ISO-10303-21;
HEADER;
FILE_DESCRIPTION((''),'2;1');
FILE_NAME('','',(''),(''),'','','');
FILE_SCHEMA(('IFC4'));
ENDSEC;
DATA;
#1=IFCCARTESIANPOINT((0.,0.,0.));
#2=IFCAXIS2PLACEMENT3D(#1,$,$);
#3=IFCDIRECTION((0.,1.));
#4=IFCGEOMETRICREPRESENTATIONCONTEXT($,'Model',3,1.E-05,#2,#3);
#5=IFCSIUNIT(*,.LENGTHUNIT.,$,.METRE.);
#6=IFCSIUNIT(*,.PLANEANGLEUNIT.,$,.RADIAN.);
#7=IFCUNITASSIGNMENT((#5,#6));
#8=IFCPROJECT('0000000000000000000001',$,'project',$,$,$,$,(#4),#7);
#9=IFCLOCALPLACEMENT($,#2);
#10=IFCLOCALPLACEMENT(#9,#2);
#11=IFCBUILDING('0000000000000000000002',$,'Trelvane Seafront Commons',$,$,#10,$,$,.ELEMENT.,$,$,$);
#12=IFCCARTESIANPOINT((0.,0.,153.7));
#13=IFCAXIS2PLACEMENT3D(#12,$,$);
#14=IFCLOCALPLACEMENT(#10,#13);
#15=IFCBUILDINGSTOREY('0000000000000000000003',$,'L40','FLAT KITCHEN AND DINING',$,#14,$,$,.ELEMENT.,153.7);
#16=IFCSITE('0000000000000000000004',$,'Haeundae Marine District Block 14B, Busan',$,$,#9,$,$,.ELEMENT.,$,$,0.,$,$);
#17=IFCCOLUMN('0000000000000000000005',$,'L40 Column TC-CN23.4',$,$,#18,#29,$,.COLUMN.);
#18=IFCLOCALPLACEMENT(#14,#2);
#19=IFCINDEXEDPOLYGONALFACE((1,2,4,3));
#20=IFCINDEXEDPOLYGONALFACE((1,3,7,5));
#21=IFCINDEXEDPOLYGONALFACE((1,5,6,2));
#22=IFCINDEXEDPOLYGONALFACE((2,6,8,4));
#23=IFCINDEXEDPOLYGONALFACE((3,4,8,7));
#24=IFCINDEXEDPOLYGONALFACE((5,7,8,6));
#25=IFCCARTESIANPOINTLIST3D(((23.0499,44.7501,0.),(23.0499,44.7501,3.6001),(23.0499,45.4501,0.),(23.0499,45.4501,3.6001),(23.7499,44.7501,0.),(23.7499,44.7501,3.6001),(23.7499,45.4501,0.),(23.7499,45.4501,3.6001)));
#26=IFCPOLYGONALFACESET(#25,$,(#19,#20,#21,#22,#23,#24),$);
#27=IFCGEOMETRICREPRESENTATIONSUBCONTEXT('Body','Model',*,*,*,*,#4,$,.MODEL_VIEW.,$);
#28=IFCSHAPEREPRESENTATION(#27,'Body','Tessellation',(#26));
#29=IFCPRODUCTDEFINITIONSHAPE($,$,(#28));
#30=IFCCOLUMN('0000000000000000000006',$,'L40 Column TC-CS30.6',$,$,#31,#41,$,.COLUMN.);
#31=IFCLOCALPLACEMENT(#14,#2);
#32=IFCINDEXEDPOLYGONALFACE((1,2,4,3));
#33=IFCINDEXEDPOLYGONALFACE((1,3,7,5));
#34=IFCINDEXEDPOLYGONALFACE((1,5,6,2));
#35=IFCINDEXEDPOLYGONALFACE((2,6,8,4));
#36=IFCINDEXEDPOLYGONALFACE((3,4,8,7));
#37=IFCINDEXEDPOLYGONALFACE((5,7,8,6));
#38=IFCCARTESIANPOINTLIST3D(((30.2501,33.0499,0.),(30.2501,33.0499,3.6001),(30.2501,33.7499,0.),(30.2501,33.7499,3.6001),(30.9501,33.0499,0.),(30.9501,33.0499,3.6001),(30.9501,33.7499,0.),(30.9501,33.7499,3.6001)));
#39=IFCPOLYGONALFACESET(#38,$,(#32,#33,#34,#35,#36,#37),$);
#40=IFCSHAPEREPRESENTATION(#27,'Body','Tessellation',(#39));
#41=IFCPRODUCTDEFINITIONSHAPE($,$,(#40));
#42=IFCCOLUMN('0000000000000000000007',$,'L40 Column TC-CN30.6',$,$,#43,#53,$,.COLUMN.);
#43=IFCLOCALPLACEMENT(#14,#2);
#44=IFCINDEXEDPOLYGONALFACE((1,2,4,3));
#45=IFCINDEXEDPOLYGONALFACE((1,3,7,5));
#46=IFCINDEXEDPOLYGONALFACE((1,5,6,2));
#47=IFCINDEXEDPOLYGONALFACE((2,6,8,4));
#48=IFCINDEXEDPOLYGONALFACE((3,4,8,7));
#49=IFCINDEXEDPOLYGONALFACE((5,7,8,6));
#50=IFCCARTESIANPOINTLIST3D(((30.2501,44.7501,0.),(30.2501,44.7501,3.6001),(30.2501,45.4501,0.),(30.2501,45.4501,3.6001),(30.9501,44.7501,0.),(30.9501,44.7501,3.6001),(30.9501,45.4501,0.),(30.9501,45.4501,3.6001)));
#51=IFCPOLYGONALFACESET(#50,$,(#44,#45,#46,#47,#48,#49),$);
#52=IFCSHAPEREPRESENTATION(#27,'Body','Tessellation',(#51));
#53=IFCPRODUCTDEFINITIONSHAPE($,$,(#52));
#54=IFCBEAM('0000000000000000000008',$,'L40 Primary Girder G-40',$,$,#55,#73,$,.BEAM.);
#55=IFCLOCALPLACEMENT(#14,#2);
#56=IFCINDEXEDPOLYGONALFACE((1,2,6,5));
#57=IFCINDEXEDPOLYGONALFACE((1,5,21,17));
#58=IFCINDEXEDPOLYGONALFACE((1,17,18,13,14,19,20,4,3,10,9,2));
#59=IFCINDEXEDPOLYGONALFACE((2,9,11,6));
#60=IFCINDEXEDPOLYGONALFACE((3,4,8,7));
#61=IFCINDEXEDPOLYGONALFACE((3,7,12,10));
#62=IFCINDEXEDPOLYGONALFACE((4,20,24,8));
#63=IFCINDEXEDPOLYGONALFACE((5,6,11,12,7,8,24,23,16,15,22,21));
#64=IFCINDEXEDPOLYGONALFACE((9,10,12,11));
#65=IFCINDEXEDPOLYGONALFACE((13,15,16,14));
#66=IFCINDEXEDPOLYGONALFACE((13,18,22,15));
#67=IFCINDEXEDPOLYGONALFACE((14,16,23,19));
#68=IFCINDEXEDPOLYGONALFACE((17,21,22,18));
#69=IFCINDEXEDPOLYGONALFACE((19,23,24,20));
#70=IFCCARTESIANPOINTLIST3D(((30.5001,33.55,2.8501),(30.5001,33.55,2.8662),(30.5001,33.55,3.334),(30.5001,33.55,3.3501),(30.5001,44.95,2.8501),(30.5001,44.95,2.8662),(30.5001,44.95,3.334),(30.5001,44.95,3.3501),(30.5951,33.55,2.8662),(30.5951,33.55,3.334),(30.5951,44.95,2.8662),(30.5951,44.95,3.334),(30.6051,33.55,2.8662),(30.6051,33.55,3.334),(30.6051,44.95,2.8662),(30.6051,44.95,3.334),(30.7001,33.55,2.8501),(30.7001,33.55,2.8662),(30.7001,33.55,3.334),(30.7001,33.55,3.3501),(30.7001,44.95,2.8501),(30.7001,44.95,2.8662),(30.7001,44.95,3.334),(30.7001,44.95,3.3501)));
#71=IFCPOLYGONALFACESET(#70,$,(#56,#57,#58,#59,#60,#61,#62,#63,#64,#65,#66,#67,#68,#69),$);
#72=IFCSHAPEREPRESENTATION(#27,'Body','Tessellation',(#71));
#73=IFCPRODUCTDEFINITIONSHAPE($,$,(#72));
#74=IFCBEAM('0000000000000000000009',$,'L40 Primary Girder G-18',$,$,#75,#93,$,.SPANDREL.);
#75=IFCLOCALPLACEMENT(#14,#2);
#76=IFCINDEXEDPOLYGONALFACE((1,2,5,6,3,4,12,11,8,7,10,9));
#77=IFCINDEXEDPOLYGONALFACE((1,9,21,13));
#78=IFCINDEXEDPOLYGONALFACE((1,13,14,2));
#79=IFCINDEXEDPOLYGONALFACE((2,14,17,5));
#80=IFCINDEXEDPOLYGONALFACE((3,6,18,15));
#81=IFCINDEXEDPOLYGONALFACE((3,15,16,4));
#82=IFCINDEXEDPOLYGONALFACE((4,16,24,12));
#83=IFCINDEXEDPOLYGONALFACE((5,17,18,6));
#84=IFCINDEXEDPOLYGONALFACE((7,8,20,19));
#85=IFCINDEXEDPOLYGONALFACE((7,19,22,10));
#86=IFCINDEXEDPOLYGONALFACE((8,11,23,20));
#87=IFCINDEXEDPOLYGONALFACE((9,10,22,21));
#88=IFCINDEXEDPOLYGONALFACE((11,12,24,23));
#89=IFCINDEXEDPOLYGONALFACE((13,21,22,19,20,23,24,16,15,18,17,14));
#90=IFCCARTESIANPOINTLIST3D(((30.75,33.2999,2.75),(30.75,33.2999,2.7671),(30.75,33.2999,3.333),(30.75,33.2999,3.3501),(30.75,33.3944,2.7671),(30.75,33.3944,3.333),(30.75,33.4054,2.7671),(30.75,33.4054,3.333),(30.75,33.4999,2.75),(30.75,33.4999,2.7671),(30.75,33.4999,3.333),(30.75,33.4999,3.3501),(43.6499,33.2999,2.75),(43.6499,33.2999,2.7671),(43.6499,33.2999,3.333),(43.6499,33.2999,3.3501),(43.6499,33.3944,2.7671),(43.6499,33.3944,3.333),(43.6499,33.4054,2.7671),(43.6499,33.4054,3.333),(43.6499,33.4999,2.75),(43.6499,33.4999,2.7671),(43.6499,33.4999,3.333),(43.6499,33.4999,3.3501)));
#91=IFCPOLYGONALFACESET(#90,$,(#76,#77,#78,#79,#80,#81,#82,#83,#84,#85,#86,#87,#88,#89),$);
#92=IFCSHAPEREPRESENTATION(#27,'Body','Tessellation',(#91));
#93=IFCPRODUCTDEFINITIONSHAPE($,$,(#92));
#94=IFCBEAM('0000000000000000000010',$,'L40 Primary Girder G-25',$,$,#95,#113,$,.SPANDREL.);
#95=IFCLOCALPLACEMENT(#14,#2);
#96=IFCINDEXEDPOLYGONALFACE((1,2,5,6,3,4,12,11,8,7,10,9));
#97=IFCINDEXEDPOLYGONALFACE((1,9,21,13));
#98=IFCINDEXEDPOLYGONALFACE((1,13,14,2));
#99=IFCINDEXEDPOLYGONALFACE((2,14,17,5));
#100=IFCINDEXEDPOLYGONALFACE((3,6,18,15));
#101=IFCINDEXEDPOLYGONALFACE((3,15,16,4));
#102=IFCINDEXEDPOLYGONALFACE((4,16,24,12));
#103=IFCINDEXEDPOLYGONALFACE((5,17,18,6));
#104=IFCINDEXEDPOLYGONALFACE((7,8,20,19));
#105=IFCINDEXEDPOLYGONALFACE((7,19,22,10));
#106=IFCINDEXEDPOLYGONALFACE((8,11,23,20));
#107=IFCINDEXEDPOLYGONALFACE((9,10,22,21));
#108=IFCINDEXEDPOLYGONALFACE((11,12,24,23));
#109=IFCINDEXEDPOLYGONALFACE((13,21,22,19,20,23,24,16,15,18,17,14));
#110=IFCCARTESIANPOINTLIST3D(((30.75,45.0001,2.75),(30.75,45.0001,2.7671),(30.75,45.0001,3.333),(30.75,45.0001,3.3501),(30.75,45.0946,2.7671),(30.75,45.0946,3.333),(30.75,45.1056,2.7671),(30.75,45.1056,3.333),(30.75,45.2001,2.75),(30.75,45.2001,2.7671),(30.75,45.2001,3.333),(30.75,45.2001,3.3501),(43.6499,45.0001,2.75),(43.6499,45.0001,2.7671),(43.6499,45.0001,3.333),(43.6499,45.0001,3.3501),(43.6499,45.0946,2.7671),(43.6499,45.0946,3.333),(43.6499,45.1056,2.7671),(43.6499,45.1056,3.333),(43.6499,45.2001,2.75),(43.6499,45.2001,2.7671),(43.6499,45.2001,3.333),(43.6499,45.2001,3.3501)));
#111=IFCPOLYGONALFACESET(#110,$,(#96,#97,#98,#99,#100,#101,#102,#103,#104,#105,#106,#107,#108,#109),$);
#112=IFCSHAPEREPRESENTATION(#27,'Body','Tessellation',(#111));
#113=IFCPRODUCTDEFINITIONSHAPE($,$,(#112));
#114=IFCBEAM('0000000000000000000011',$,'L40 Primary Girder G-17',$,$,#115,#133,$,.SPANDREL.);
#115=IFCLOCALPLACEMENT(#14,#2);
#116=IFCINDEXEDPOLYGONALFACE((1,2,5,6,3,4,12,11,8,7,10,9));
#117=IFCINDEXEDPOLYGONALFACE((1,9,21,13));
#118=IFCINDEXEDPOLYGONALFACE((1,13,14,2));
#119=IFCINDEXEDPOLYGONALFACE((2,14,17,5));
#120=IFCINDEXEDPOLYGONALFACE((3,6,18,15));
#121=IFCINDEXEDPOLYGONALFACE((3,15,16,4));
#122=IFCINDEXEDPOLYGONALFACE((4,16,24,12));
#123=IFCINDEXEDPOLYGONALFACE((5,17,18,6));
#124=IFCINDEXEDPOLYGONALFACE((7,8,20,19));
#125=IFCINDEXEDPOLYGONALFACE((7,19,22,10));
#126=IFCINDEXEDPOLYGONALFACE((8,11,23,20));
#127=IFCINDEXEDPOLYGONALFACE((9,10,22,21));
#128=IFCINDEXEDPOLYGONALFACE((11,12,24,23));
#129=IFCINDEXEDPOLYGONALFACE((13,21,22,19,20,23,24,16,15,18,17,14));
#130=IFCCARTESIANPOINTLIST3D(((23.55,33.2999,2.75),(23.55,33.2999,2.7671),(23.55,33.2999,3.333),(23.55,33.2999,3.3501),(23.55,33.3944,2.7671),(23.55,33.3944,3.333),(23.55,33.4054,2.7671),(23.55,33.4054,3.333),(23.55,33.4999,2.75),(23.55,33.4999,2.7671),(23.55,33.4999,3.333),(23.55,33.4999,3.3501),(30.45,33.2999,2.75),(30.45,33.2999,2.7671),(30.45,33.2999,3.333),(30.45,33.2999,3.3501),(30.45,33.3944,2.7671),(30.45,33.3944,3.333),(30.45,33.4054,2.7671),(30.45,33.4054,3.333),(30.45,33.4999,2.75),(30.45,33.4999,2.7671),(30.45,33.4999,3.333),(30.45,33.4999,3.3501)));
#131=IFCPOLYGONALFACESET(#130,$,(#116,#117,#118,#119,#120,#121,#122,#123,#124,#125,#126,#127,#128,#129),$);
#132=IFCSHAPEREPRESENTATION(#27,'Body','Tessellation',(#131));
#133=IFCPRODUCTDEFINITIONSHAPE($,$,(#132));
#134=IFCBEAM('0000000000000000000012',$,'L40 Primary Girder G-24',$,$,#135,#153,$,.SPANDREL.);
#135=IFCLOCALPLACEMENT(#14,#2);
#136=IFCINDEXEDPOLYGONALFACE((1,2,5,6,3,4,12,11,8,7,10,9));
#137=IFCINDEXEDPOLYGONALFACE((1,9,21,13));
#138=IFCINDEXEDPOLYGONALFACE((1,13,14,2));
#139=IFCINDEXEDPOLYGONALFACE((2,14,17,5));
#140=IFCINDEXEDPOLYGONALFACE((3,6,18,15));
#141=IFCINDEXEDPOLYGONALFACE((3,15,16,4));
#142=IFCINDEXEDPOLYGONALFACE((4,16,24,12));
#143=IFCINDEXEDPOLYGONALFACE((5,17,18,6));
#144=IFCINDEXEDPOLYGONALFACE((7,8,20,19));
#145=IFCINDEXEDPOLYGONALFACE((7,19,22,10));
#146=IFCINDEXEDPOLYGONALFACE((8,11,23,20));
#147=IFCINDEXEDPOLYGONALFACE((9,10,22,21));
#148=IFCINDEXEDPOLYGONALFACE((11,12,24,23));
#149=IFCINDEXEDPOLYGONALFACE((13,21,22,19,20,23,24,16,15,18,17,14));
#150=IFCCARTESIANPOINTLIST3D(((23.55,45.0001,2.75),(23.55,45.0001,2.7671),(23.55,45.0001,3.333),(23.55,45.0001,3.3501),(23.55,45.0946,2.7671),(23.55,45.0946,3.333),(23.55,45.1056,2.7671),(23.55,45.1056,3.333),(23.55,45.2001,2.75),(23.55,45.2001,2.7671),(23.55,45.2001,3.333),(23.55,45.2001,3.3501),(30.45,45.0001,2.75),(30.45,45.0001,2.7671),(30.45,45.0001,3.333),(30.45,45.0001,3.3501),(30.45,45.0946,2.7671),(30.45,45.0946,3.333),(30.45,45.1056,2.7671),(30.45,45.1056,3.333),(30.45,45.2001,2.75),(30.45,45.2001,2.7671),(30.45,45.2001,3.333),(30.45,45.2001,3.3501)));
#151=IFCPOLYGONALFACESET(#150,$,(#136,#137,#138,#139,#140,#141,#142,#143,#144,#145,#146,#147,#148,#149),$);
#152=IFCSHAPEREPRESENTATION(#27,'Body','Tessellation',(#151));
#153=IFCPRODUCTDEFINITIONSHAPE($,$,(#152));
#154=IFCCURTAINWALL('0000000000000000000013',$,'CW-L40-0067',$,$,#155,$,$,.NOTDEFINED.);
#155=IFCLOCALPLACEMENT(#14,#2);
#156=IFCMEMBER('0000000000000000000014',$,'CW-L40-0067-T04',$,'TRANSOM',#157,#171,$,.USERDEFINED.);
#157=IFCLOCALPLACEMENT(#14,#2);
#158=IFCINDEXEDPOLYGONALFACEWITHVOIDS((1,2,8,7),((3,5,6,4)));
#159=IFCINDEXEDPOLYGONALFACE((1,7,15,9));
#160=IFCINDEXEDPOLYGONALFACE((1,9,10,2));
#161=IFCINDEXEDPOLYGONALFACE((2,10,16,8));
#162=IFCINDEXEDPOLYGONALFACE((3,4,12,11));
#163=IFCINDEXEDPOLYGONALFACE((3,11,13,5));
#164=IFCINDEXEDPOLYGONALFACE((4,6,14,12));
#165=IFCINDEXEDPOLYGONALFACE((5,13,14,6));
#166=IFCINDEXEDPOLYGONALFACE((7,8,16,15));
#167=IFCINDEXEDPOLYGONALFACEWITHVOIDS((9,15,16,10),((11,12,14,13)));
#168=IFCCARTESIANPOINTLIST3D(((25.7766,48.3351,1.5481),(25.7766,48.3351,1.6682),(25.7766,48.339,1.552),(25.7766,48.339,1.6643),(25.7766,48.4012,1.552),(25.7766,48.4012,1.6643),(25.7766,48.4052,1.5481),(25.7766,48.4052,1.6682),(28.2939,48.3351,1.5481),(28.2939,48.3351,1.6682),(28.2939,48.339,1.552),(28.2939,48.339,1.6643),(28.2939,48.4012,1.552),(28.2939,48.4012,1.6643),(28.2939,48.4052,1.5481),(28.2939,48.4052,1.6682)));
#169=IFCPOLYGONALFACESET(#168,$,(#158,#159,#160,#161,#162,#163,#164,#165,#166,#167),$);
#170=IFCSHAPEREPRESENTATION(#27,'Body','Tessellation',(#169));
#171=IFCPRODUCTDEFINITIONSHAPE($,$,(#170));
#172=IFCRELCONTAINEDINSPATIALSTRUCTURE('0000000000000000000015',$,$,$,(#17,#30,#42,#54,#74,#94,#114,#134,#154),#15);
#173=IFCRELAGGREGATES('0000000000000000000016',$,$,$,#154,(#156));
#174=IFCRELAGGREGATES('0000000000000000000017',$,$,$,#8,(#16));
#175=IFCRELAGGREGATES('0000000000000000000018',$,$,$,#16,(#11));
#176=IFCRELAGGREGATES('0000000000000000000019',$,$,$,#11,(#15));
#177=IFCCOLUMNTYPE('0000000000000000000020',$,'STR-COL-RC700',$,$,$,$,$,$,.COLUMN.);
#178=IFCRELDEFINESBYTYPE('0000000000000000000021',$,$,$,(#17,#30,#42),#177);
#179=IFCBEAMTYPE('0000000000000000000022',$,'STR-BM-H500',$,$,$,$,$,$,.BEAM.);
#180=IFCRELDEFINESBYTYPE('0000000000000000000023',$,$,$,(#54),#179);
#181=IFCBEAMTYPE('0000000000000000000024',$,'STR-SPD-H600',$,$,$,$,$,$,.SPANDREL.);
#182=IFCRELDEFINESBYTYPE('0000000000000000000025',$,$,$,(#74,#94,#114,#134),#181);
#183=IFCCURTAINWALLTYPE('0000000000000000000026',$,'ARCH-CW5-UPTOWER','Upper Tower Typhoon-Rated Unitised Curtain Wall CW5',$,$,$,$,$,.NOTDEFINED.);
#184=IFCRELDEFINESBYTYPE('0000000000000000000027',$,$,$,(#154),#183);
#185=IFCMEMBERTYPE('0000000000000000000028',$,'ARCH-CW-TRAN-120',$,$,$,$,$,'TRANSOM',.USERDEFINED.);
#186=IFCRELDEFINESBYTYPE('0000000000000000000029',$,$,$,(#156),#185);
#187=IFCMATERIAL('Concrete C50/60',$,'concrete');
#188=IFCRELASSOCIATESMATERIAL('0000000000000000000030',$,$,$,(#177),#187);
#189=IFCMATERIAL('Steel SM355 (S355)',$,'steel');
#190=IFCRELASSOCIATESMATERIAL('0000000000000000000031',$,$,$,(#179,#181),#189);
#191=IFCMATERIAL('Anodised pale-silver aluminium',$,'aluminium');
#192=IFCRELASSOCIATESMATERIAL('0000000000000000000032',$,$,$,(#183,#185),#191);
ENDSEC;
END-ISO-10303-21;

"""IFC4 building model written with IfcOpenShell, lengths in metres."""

from ifc_helpers import new_model, si_unit, direction, frame, origin, origin_2d, place, context, subcontext, project, spatial, rectangle, hollow_rectangle, i_section, extrude, source, transform, mapped, material, material_profile, profile_set, type_object, element, aggregate, save


model = new_model("IFC4")

# Units and contexts
model_context = context("Model", 3, precision=1e-05, world=origin(), true_north=direction((0.0, 1.0)))
body_context = subcontext(model_context, "Body", "Model", "MODEL_VIEW")
ifc_project = project(units=[si_unit("LENGTHUNIT", "METRE"), si_unit("PLANEANGLEUNIT", "RADIAN")], contexts=[model_context])

# Site, building, storey
site_placement = place(None, origin())
site = spatial("IfcSite", under=ifc_project, at=site_placement, Name="Haeundae Marine District Block 14B, Busan", CompositionType="ELEMENT", RefElevation=0.0)
building_placement = place(site_placement, origin())
building = spatial("IfcBuilding", under=site, at=building_placement, Name="Trelvane Seafront Commons", CompositionType="ELEMENT")
storey_placement = place(building_placement, frame((0.0, 0.0, 153.7)))
storey = spatial("IfcBuildingStorey", under=building, at=storey_placement, Name="L40", Description="FLAT KITCHEN AND DINING", CompositionType="ELEMENT", Elevation=153.7)

# Columns
ifc_material_1 = material(Name="Concrete C50/60", Category="concrete")
ifc_material_profile_1 = material_profile(ifc_material_1, rectangle(XDim=0.7, YDim=0.7, at=origin_2d()), Name="RC-700x700")
ifc_profile_set_1 = profile_set([ifc_material_profile_1], Name="Concrete C50/60")
column_type = type_object("IfcColumnType", Name="STR-COL-RC700", PredefinedType="COLUMN", material=ifc_profile_set_1)
shared_shape_1 = source(origin(), body_context, "Body", "SweptSolid", [
    extrude(rectangle(XDim=0.7, YDim=0.7, at=origin_2d()), origin(), (0.0, 0.0, 1.0), 3.6001),
])
for number, where, z_axis, x_axis, name in (
    (1, (23.3999, 45.1001, 0.0), (0.0, 0.0, 1.0), (1.0, 0.0, 0.0), "L40 Column TC-CN23.4"),
    (2, (30.6001, 33.3999, 0.0), (0.0, 0.0, 1.0), (1.0, 0.0, 0.0), "L40 Column TC-CS30.6"),
    (3, (30.6001, 45.1001, 0.0), (0.0, 0.0, 1.0), (1.0, 0.0, 0.0), "L40 Column TC-CN30.6"),
):
    element("IfcColumn", number, at=place(storey_placement, frame(where, z_axis=z_axis, x_axis=x_axis)), inside=storey, type_object=column_type, Name=name, PredefinedType="COLUMN", context=body_context, shape_type="MappedRepresentation", body=[
        mapped(shared_shape_1, transform((0.0, 0.0, 0.0), x_axis=(1.0, 0.0, 0.0), y_axis=(0.0, 1.0, 0.0), z_axis=(0.0, 0.0, 1.0), scale=1.0)),
    ])

# Beams
ifc_material_2 = material(Name="Steel SM355 (S355)", Category="steel")
ifc_material_profile_2 = material_profile(ifc_material_2, i_section(OverallWidth=0.2, OverallDepth=0.5, WebThickness=0.01, FlangeThickness=0.0161, at=origin_2d()), Name="H-500x200x10x16")
ifc_profile_set_2 = profile_set([ifc_material_profile_2], Name="Steel SM355 (S355)")
beam_type_1 = type_object("IfcBeamType", Name="STR-BM-H500", PredefinedType="BEAM", material=ifc_profile_set_2)
shared_shape_2 = source(origin(), body_context, "Body", "SweptSolid", [
    extrude(i_section(OverallWidth=0.2, OverallDepth=0.5, WebThickness=0.01, FlangeThickness=0.0161, at=origin_2d()), origin(), (0.0, 0.0, 1.0), 11.3999),
])
beam_placement = place(storey_placement, frame((30.6001, 33.55, 3.1001), z_axis=(0.0, 1.0, 0.0), x_axis=(-1.0, 0.0, 0.0)))
element("IfcBeam", 4, at=beam_placement, inside=storey, type_object=beam_type_1, Name="L40 Primary Girder G-40", PredefinedType="BEAM", context=body_context, shape_type="MappedRepresentation", body=[
    mapped(shared_shape_2, transform((0.0, 0.0, 0.0), x_axis=(1.0, 0.0, 0.0), y_axis=(0.0, 1.0, 0.0), z_axis=(0.0, 0.0, 1.0), scale=1.0)),
])
ifc_material_profile_3 = material_profile(ifc_material_2, i_section(OverallWidth=0.2, OverallDepth=0.6001, WebThickness=0.011, FlangeThickness=0.0171, at=origin_2d()), Name="H-600x200x11x17")
ifc_profile_set_3 = profile_set([ifc_material_profile_3], Name="Steel SM355 (S355)")
beam_type_2 = type_object("IfcBeamType", Name="STR-SPD-H600", PredefinedType="SPANDREL", material=ifc_profile_set_3)
shared_shape_3 = source(origin(), body_context, "Body", "SweptSolid", [
    extrude(i_section(OverallWidth=0.2, OverallDepth=0.6001, WebThickness=0.011, FlangeThickness=0.0171, at=origin_2d()), origin(), (0.0, 0.0, 1.0), 12.8999),
])
for number, where, z_axis, x_axis, name in (
    (5, (30.75, 33.3999, 3.05), (1.0, 0.0, 0.0), (0.0, 1.0, 0.0), "L40 Primary Girder G-18"),
    (6, (30.75, 45.1001, 3.05), (1.0, 0.0, 0.0), (0.0, 1.0, 0.0), "L40 Primary Girder G-25"),
):
    element("IfcBeam", number, at=place(storey_placement, frame(where, z_axis=z_axis, x_axis=x_axis)), inside=storey, type_object=beam_type_2, Name=name, PredefinedType="SPANDREL", context=body_context, shape_type="MappedRepresentation", body=[
        mapped(shared_shape_3, transform((0.0, 0.0, 0.0), x_axis=(1.0, 0.0, 0.0), y_axis=(0.0, 1.0, 0.0), z_axis=(0.0, 0.0, 1.0), scale=1.0)),
    ])
shared_shape_4 = source(origin(), body_context, "Body", "SweptSolid", [
    extrude(i_section(OverallWidth=0.2, OverallDepth=0.6001, WebThickness=0.011, FlangeThickness=0.0171, at=origin_2d()), origin(), (0.0, 0.0, 1.0), 6.8999),
])
for number, where, z_axis, x_axis, name in (
    (7, (23.55, 33.3999, 3.05), (1.0, 0.0, 0.0), (0.0, 1.0, 0.0), "L40 Primary Girder G-17"),
    (8, (23.55, 45.1001, 3.05), (1.0, 0.0, 0.0), (0.0, 1.0, 0.0), "L40 Primary Girder G-24"),
):
    element("IfcBeam", number, at=place(storey_placement, frame(where, z_axis=z_axis, x_axis=x_axis)), inside=storey, type_object=beam_type_2, Name=name, PredefinedType="SPANDREL", context=body_context, shape_type="MappedRepresentation", body=[
        mapped(shared_shape_4, transform((0.0, 0.0, 0.0), x_axis=(1.0, 0.0, 0.0), y_axis=(0.0, 1.0, 0.0), z_axis=(0.0, 0.0, 1.0), scale=1.0)),
    ])

# Curtain wall, member
ifc_material_3 = material(Name="Anodised pale-silver aluminium", Category="aluminium")
curtain_wall_type = type_object("IfcCurtainWallType", Name="ARCH-CW5-UPTOWER", Description="Upper Tower Typhoon-Rated Unitised Curtain Wall CW5", PredefinedType="NOTDEFINED", material=ifc_material_3)
curtain_wall_placement = place(storey_placement, origin())
curtain_wall = element("IfcCurtainWall", 9, at=curtain_wall_placement, inside=storey, type_object=curtain_wall_type, Name="CW-L40-0067", PredefinedType="NOTDEFINED")
ifc_material_profile_4 = material_profile(ifc_material_3, hollow_rectangle(XDim=0.0701, YDim=0.1201, WallThickness=0.0039, at=origin_2d()), Name="TRAN-70x120x4")
ifc_profile_set_4 = profile_set([ifc_material_profile_4], Name="Anodised pale-silver aluminium")
member_type_1 = type_object("IfcMemberType", Name="ARCH-CW-TRAN-120", ElementType="TRANSOM", PredefinedType="USERDEFINED", material=ifc_profile_set_4)
shared_shape_5 = source(origin(), body_context, "Body", "SweptSolid", [
    extrude(hollow_rectangle(XDim=0.0701, YDim=0.1201, WallThickness=0.0039, at=origin_2d()), origin(), (0.0, 0.0, 1.0), 2.5173),
])
member_1_placement = place(storey_placement, frame((25.7766, 48.3701, 1.6082), z_axis=(1.0, 0.0, 0.0), x_axis=(0.0, 1.0, 0.0)))
member_1 = element("IfcMember", 10, at=member_1_placement, type_object=member_type_1, Name="CW-L40-0067-T04", ObjectType="TRANSOM", PredefinedType="USERDEFINED", context=body_context, shape_type="MappedRepresentation", body=[
    mapped(shared_shape_5, transform((0.0, 0.0, 0.0), x_axis=(1.0, 0.0, 0.0), y_axis=(0.0, 1.0, 0.0), z_axis=(0.0, 0.0, 1.0), scale=1.0)),
])
aggregate(curtain_wall, [member_1])

save(model, "model.ifc")
